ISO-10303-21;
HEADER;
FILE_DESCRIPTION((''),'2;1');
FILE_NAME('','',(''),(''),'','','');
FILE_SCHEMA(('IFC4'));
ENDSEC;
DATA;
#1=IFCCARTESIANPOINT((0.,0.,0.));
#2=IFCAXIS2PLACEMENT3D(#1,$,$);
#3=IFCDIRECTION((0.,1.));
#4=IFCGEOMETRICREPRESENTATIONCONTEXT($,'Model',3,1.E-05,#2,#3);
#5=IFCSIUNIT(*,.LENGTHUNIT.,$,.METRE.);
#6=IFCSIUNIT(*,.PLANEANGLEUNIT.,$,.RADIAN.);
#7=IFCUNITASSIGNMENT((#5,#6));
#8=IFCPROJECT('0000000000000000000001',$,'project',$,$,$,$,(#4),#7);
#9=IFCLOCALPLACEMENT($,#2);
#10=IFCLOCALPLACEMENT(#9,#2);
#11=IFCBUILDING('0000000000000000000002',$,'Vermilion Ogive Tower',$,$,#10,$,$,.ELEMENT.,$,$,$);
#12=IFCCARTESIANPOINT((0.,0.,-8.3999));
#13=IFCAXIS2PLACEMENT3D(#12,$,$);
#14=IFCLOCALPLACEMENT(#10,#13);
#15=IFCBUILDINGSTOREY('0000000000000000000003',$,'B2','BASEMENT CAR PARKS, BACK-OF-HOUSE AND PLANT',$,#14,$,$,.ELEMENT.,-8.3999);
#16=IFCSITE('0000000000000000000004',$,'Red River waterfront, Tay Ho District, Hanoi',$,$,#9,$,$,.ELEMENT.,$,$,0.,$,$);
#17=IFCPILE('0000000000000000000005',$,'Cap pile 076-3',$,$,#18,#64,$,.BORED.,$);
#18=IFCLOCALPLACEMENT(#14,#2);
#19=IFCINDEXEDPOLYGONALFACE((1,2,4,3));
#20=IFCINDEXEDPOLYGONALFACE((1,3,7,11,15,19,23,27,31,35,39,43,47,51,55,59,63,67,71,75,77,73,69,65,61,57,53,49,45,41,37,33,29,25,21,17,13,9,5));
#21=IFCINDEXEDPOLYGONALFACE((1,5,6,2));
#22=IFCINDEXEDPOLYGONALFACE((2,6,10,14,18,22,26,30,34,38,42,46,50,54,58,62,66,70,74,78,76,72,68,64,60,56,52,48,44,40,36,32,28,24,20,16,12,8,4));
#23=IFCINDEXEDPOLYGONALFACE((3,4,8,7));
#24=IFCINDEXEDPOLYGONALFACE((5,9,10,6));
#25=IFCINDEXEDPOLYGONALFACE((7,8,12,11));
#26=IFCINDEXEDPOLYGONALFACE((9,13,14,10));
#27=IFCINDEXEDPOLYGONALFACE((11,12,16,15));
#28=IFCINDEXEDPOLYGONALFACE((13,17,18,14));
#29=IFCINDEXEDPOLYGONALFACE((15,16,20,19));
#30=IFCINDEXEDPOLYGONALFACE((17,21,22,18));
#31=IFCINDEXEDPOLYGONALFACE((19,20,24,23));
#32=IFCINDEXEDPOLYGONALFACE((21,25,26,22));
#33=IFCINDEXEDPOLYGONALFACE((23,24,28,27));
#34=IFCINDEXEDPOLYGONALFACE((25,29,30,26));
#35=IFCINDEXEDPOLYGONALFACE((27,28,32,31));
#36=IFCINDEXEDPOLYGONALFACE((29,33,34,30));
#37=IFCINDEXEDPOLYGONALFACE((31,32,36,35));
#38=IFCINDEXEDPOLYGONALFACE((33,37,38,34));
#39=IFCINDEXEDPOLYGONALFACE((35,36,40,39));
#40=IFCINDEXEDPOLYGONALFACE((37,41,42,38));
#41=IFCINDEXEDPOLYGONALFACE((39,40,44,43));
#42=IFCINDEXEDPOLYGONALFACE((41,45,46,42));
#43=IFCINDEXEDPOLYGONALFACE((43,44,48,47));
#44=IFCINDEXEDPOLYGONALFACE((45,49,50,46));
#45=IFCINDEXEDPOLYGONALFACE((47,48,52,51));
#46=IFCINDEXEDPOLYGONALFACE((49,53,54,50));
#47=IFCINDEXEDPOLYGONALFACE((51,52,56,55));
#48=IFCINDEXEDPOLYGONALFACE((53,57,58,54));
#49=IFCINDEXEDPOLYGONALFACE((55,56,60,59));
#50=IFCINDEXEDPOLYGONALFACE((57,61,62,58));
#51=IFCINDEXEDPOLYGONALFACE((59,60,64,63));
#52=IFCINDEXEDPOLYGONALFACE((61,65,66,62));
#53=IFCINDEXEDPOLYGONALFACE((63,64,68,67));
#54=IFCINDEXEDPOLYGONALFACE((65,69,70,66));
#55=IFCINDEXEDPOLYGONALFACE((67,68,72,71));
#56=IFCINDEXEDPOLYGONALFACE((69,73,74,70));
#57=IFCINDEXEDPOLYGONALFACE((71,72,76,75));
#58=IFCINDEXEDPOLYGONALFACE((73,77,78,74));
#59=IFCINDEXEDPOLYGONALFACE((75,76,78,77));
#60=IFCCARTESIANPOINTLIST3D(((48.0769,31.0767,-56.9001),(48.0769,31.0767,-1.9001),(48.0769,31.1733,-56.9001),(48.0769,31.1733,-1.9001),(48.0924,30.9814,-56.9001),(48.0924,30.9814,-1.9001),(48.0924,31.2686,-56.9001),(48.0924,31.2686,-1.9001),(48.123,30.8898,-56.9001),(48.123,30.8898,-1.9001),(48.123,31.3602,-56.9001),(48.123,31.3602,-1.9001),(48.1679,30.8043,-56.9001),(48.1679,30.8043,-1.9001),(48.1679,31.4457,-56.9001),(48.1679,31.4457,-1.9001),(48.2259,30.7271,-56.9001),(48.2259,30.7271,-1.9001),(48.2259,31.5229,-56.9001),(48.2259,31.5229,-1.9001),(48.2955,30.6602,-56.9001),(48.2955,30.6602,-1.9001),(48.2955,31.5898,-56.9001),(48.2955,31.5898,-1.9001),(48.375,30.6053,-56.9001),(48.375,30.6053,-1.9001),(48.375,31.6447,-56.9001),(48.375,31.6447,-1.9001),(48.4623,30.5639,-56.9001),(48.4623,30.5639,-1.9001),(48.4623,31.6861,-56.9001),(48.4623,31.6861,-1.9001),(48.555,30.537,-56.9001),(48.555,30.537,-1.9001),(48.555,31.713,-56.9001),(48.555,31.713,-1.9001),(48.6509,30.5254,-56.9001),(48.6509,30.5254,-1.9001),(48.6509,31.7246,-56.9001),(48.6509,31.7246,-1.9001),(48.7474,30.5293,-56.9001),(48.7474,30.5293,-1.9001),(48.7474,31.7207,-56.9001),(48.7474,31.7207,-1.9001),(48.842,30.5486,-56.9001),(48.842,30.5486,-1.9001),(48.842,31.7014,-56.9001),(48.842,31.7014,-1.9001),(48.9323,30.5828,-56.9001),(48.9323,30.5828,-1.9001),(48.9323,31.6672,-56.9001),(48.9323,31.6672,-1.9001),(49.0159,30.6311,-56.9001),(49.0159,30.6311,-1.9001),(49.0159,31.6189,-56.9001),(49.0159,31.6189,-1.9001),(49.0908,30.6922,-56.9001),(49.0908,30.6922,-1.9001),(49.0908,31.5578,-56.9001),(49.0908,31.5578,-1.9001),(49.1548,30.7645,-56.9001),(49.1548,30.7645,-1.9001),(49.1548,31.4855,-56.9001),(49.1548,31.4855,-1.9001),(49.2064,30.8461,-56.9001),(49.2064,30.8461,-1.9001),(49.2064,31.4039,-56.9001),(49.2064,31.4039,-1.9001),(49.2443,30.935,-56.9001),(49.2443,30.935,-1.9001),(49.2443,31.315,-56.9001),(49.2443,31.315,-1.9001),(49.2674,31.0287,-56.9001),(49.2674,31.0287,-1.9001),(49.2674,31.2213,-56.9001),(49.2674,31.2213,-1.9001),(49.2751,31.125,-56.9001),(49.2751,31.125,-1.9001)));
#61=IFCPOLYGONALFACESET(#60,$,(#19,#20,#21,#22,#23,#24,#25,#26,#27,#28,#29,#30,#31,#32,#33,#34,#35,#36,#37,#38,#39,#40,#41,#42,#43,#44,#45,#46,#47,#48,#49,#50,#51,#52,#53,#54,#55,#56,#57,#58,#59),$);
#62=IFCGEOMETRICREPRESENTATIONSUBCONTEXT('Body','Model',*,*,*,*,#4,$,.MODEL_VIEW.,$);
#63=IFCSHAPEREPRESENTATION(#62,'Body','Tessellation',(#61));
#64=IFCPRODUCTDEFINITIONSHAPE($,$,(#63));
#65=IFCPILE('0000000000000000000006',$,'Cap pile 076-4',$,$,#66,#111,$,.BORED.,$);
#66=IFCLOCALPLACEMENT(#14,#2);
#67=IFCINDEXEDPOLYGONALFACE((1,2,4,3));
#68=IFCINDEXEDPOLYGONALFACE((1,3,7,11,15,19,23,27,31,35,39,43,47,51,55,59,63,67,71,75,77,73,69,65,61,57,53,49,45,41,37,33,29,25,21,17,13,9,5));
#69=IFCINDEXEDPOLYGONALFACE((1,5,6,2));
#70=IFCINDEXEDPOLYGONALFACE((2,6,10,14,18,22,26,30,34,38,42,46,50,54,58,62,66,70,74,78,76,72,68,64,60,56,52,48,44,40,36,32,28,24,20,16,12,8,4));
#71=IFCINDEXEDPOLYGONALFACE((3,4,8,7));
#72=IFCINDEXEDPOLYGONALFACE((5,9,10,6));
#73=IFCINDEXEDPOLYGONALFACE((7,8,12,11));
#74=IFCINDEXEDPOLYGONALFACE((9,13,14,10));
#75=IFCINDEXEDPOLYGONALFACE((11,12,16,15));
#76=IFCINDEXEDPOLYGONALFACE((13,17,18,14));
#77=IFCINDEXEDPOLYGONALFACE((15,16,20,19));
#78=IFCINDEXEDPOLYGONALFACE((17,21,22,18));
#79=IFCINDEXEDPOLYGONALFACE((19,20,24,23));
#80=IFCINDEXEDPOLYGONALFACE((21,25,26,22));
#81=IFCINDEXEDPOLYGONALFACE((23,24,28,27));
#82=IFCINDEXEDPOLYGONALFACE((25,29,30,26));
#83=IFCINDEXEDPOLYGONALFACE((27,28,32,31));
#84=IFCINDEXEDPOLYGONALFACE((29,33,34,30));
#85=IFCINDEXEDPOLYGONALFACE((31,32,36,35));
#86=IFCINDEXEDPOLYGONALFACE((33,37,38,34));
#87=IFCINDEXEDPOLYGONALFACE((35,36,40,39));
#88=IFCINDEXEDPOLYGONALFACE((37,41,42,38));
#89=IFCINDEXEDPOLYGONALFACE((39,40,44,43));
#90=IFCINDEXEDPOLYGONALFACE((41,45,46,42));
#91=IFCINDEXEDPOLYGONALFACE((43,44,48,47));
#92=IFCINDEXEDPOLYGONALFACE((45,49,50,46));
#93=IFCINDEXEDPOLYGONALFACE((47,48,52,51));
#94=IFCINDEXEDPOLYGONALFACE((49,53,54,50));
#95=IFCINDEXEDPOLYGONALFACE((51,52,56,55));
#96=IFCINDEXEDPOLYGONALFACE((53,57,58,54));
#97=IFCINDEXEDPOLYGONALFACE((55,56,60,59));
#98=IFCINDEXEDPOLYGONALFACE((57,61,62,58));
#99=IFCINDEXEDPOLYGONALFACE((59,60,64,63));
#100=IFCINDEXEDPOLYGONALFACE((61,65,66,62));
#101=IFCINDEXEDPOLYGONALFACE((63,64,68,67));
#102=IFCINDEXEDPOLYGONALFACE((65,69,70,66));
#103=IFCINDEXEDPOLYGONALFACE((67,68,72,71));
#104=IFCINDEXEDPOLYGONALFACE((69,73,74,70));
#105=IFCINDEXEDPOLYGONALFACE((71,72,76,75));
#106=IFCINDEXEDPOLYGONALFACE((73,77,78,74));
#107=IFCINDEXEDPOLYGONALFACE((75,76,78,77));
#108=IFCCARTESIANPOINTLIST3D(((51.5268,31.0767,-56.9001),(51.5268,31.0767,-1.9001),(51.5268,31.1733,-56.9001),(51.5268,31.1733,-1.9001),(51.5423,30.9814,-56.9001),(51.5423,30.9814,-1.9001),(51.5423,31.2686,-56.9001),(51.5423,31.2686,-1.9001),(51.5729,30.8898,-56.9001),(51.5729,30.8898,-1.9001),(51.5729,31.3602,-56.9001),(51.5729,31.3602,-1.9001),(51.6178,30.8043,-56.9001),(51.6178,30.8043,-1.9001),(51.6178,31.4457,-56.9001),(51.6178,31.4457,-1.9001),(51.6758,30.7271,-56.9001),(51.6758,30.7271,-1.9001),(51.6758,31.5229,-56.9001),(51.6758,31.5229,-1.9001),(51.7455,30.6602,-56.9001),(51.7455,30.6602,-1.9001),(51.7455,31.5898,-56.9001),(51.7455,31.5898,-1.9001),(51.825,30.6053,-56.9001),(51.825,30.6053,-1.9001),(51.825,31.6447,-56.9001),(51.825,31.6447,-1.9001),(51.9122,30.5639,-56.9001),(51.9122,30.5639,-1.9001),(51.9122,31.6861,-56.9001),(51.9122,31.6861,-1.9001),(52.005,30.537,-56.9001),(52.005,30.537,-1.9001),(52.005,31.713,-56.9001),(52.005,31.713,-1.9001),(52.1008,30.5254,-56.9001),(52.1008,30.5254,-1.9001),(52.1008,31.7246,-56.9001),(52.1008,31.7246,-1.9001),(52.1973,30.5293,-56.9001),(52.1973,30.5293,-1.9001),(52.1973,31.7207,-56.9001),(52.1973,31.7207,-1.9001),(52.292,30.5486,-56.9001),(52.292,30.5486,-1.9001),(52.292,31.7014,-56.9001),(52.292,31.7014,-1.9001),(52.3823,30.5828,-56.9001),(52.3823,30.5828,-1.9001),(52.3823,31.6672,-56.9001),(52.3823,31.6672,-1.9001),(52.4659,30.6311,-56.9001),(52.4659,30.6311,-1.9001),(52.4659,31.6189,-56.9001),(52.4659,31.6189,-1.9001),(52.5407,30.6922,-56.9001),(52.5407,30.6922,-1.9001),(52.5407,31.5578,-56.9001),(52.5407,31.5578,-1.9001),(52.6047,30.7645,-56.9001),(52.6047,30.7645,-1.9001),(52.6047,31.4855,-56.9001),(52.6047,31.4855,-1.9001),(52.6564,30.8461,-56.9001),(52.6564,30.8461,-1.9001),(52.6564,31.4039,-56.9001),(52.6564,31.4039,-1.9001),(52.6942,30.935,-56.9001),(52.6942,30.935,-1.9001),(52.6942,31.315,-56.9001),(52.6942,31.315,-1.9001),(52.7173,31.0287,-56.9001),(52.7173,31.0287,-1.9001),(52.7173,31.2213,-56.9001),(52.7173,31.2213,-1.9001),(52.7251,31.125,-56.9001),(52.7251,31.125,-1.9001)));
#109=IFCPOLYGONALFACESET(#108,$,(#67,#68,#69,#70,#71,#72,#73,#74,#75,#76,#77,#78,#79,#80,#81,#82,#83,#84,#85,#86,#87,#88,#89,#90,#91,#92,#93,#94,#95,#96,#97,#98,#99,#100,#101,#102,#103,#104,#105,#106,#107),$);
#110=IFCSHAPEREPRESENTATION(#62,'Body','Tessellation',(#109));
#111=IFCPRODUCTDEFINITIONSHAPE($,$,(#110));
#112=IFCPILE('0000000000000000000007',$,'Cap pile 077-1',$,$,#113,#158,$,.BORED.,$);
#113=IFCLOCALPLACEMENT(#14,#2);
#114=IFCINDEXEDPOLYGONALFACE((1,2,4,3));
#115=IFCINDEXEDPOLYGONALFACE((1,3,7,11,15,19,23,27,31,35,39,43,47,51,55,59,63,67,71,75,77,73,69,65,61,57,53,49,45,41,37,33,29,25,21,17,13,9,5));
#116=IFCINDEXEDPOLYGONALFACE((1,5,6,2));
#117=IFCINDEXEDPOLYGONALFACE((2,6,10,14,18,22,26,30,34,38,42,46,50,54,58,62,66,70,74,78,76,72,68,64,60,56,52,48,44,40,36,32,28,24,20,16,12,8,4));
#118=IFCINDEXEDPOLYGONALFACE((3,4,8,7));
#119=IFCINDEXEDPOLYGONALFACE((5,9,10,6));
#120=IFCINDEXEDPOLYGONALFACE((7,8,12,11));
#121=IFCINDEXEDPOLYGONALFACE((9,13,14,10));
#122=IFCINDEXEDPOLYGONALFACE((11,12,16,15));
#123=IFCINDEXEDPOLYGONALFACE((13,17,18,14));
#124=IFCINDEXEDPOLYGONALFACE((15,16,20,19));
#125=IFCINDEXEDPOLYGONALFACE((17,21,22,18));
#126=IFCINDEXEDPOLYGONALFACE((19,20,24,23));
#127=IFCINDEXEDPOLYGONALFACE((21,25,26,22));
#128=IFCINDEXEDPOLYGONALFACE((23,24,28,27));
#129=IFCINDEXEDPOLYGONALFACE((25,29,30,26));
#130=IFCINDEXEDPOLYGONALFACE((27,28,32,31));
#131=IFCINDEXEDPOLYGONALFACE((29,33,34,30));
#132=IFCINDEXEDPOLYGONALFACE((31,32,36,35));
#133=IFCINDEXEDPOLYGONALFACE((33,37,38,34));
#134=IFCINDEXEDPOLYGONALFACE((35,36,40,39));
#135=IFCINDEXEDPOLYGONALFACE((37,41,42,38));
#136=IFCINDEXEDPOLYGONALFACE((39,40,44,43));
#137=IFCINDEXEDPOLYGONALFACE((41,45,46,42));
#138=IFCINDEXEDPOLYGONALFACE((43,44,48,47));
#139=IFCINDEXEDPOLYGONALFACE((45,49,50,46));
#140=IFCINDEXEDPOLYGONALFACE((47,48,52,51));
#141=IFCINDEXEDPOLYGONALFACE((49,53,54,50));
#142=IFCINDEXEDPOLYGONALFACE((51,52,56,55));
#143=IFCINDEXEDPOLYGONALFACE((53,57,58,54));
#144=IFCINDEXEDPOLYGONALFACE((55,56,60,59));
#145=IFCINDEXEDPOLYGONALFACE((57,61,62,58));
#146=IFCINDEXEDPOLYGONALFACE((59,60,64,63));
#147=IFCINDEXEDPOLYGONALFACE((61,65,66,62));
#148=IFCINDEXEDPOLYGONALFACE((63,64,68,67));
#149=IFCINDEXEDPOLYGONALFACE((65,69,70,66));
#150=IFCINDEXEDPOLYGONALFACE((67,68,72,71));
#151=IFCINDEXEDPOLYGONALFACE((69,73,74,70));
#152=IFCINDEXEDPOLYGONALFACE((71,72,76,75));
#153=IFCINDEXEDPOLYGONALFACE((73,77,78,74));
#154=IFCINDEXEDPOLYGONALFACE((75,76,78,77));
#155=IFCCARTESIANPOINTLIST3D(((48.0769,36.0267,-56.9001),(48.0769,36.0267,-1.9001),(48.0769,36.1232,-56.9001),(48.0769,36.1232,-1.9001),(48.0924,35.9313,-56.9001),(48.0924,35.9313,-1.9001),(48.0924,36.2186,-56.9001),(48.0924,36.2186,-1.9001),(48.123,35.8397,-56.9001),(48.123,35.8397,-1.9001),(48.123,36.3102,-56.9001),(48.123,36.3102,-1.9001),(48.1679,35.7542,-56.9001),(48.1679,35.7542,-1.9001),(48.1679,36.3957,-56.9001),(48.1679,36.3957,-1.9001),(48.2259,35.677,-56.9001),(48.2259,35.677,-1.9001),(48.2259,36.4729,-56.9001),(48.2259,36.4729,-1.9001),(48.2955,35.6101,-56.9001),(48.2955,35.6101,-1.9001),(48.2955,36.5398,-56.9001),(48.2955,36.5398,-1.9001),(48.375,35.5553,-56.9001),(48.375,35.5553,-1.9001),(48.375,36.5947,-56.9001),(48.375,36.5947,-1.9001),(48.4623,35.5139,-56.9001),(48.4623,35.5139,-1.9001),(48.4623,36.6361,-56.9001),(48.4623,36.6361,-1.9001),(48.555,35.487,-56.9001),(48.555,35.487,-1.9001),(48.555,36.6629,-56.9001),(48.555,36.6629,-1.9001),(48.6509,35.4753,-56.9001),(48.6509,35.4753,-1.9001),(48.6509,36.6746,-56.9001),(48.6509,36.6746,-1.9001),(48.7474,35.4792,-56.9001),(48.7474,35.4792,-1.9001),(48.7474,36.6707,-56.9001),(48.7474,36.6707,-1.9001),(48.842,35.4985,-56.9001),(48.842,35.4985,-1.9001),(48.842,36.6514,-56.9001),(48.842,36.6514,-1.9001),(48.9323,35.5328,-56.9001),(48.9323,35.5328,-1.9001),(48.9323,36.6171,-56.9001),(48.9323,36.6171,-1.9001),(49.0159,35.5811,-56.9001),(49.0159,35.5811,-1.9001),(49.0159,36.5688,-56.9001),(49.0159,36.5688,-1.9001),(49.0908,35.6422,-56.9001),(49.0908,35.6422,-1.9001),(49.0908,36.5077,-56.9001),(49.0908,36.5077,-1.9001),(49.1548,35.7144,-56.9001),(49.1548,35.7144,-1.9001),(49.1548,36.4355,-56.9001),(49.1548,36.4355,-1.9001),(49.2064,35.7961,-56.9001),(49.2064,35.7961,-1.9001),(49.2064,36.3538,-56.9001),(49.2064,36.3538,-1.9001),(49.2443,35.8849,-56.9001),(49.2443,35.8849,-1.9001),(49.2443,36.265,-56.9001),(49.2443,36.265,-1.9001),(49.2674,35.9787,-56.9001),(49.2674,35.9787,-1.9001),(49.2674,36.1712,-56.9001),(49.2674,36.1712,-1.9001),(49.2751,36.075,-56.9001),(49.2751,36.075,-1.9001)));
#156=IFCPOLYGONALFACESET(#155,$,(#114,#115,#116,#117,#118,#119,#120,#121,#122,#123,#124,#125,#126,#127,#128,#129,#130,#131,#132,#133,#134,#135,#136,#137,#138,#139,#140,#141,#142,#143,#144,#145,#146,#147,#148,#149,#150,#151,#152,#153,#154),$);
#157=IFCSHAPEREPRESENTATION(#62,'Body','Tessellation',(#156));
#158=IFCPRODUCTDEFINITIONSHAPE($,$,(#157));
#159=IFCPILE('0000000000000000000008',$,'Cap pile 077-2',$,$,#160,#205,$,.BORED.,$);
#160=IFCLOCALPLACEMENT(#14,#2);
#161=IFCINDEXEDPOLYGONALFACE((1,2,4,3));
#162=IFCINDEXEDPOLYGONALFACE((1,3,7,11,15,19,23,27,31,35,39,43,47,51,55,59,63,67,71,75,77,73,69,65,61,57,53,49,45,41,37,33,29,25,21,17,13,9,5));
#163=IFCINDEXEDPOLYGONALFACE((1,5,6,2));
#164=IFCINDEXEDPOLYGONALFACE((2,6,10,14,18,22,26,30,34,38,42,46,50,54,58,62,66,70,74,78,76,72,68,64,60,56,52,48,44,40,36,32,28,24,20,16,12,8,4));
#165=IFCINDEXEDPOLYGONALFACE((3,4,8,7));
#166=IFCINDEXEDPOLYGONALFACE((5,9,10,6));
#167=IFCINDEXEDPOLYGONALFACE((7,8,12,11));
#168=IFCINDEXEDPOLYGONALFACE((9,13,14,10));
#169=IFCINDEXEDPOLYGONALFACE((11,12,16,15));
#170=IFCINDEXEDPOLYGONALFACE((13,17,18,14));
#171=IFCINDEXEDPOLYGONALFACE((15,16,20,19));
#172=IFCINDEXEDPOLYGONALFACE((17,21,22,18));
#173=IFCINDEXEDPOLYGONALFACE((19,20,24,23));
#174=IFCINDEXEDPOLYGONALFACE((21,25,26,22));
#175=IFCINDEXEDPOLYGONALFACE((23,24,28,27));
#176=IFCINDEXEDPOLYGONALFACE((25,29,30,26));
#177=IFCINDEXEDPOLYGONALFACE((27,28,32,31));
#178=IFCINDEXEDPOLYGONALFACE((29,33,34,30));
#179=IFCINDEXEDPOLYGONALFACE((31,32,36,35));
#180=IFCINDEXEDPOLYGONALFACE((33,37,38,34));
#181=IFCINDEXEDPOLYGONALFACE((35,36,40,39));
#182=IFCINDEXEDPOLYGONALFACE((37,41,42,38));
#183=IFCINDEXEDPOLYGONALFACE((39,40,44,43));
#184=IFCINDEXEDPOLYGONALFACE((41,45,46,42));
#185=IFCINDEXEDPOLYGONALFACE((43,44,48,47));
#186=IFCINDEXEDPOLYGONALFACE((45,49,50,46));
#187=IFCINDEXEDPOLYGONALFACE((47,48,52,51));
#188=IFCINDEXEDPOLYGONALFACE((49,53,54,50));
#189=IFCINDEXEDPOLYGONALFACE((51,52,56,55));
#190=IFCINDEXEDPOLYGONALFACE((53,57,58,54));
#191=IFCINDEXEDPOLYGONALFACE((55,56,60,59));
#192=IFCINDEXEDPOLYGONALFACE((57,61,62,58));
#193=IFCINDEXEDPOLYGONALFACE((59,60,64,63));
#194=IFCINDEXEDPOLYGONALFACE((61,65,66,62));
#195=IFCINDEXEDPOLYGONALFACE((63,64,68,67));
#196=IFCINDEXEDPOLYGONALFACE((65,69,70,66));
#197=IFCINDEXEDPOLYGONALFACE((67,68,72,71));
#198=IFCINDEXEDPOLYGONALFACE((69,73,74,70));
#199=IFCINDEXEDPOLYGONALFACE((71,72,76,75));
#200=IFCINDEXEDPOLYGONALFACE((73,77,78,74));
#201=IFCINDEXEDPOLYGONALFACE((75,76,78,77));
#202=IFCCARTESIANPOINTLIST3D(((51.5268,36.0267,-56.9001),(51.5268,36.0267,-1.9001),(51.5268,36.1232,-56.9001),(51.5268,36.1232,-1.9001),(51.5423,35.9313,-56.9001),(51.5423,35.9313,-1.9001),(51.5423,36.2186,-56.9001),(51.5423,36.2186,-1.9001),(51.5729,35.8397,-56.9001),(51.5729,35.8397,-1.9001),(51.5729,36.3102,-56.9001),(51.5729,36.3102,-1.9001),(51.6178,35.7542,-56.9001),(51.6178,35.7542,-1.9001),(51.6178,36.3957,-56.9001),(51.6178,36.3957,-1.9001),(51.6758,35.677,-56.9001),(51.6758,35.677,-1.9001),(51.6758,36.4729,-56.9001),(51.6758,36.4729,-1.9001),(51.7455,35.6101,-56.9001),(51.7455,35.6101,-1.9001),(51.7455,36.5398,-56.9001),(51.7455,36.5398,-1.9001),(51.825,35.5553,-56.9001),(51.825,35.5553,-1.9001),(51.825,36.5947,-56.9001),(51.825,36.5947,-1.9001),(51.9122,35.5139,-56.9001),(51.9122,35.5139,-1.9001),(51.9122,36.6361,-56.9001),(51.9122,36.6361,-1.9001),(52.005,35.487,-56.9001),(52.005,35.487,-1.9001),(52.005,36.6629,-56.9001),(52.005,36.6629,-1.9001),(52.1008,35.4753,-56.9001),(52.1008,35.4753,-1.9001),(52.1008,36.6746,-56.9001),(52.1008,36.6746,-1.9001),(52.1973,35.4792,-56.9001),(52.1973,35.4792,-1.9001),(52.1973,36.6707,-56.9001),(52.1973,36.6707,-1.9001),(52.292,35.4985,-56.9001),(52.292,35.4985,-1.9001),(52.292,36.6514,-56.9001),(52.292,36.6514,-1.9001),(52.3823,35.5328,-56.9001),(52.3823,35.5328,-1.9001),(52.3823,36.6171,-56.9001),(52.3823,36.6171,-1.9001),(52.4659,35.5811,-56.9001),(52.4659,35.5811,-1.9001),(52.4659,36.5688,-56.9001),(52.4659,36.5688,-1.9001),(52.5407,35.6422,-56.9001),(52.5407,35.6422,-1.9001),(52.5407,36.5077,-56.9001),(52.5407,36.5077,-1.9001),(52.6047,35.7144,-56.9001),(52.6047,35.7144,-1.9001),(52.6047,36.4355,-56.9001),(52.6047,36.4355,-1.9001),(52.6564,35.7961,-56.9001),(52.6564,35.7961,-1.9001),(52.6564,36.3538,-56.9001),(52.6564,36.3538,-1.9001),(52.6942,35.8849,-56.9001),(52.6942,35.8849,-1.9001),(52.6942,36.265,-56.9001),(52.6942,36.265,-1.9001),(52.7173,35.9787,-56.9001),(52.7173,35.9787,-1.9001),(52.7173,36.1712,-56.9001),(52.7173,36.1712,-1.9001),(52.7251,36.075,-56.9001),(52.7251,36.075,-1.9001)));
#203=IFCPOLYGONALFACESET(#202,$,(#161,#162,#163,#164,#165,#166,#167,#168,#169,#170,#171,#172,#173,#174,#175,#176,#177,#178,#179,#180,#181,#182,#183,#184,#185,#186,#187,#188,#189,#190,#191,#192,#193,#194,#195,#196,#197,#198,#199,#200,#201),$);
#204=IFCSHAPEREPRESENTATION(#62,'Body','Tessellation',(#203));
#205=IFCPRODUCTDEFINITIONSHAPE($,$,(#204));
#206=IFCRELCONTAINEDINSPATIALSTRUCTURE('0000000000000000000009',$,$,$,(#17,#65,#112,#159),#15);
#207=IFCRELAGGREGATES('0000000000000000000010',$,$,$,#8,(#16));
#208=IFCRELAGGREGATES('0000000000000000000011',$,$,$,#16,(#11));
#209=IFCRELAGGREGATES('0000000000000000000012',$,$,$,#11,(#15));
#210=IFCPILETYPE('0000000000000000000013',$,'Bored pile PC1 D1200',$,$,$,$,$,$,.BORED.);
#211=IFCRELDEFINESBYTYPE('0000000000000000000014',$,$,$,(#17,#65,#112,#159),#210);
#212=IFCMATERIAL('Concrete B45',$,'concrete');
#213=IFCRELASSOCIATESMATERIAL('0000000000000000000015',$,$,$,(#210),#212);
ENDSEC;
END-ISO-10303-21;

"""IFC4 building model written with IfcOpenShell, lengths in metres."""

from ifc_helpers import new_model, si_unit, direction, frame, origin, origin_2d, place, context, subcontext, project, spatial, circle, extrude, material, type_object, element, save


model = new_model("IFC4")

# Units and contexts
model_context = context("Model", 3, precision=1e-05, world=origin(), true_north=direction((0.0, 1.0)))
body_context = subcontext(model_context, "Body", "Model", "MODEL_VIEW")
ifc_project = project(units=[si_unit("LENGTHUNIT", "METRE"), si_unit("PLANEANGLEUNIT", "RADIAN")], contexts=[model_context])

# Site, building, storey
site_placement = place(None, origin())
site = spatial("IfcSite", under=ifc_project, at=site_placement, Name="Red River waterfront, Tay Ho District, Hanoi", CompositionType="ELEMENT", RefElevation=0.0)
building_placement = place(site_placement, origin())
building = spatial("IfcBuilding", under=site, at=building_placement, Name="Vermilion Ogive Tower", CompositionType="ELEMENT")
storey_placement = place(building_placement, frame((0.0, 0.0, -8.3999)))
storey = spatial("IfcBuildingStorey", under=building, at=storey_placement, Name="B2", Description="BASEMENT CAR PARKS, BACK-OF-HOUSE AND PLANT", CompositionType="ELEMENT", Elevation=-8.3999)

# Piles
ifc_material_1 = material(Name="Concrete B45", Category="concrete")
pile_type = type_object("IfcPileType", Name="Bored pile PC1 D1200", PredefinedType="BORED", material=ifc_material_1)
for number, where, z_axis, x_axis, name in (
    (1, (48.675, 31.125, -1.9001), (0.0, 0.0, -1.0), (1.0, 0.0, 0.0), "Cap pile 076-3"),
    (2, (52.125, 31.125, -1.9001), (0.0, 0.0, -1.0), (1.0, 0.0, 0.0), "Cap pile 076-4"),
    (3, (48.675, 36.075, -1.9001), (0.0, 0.0, -1.0), (1.0, 0.0, 0.0), "Cap pile 077-1"),
    (4, (52.125, 36.075, -1.9001), (0.0, 0.0, -1.0), (1.0, 0.0, 0.0), "Cap pile 077-2"),
):
    element("IfcPile", number, at=place(storey_placement, frame(where, z_axis=z_axis, x_axis=x_axis)), inside=storey, type_object=pile_type, Name=name, PredefinedType="BORED", context=body_context, shape_type="SweptSolid", body=[
        extrude(circle(Radius=0.6001, at=origin_2d()), origin(), (0.0, 0.0, 1.0), 55.0),
    ])

save(model, "model.ifc")
